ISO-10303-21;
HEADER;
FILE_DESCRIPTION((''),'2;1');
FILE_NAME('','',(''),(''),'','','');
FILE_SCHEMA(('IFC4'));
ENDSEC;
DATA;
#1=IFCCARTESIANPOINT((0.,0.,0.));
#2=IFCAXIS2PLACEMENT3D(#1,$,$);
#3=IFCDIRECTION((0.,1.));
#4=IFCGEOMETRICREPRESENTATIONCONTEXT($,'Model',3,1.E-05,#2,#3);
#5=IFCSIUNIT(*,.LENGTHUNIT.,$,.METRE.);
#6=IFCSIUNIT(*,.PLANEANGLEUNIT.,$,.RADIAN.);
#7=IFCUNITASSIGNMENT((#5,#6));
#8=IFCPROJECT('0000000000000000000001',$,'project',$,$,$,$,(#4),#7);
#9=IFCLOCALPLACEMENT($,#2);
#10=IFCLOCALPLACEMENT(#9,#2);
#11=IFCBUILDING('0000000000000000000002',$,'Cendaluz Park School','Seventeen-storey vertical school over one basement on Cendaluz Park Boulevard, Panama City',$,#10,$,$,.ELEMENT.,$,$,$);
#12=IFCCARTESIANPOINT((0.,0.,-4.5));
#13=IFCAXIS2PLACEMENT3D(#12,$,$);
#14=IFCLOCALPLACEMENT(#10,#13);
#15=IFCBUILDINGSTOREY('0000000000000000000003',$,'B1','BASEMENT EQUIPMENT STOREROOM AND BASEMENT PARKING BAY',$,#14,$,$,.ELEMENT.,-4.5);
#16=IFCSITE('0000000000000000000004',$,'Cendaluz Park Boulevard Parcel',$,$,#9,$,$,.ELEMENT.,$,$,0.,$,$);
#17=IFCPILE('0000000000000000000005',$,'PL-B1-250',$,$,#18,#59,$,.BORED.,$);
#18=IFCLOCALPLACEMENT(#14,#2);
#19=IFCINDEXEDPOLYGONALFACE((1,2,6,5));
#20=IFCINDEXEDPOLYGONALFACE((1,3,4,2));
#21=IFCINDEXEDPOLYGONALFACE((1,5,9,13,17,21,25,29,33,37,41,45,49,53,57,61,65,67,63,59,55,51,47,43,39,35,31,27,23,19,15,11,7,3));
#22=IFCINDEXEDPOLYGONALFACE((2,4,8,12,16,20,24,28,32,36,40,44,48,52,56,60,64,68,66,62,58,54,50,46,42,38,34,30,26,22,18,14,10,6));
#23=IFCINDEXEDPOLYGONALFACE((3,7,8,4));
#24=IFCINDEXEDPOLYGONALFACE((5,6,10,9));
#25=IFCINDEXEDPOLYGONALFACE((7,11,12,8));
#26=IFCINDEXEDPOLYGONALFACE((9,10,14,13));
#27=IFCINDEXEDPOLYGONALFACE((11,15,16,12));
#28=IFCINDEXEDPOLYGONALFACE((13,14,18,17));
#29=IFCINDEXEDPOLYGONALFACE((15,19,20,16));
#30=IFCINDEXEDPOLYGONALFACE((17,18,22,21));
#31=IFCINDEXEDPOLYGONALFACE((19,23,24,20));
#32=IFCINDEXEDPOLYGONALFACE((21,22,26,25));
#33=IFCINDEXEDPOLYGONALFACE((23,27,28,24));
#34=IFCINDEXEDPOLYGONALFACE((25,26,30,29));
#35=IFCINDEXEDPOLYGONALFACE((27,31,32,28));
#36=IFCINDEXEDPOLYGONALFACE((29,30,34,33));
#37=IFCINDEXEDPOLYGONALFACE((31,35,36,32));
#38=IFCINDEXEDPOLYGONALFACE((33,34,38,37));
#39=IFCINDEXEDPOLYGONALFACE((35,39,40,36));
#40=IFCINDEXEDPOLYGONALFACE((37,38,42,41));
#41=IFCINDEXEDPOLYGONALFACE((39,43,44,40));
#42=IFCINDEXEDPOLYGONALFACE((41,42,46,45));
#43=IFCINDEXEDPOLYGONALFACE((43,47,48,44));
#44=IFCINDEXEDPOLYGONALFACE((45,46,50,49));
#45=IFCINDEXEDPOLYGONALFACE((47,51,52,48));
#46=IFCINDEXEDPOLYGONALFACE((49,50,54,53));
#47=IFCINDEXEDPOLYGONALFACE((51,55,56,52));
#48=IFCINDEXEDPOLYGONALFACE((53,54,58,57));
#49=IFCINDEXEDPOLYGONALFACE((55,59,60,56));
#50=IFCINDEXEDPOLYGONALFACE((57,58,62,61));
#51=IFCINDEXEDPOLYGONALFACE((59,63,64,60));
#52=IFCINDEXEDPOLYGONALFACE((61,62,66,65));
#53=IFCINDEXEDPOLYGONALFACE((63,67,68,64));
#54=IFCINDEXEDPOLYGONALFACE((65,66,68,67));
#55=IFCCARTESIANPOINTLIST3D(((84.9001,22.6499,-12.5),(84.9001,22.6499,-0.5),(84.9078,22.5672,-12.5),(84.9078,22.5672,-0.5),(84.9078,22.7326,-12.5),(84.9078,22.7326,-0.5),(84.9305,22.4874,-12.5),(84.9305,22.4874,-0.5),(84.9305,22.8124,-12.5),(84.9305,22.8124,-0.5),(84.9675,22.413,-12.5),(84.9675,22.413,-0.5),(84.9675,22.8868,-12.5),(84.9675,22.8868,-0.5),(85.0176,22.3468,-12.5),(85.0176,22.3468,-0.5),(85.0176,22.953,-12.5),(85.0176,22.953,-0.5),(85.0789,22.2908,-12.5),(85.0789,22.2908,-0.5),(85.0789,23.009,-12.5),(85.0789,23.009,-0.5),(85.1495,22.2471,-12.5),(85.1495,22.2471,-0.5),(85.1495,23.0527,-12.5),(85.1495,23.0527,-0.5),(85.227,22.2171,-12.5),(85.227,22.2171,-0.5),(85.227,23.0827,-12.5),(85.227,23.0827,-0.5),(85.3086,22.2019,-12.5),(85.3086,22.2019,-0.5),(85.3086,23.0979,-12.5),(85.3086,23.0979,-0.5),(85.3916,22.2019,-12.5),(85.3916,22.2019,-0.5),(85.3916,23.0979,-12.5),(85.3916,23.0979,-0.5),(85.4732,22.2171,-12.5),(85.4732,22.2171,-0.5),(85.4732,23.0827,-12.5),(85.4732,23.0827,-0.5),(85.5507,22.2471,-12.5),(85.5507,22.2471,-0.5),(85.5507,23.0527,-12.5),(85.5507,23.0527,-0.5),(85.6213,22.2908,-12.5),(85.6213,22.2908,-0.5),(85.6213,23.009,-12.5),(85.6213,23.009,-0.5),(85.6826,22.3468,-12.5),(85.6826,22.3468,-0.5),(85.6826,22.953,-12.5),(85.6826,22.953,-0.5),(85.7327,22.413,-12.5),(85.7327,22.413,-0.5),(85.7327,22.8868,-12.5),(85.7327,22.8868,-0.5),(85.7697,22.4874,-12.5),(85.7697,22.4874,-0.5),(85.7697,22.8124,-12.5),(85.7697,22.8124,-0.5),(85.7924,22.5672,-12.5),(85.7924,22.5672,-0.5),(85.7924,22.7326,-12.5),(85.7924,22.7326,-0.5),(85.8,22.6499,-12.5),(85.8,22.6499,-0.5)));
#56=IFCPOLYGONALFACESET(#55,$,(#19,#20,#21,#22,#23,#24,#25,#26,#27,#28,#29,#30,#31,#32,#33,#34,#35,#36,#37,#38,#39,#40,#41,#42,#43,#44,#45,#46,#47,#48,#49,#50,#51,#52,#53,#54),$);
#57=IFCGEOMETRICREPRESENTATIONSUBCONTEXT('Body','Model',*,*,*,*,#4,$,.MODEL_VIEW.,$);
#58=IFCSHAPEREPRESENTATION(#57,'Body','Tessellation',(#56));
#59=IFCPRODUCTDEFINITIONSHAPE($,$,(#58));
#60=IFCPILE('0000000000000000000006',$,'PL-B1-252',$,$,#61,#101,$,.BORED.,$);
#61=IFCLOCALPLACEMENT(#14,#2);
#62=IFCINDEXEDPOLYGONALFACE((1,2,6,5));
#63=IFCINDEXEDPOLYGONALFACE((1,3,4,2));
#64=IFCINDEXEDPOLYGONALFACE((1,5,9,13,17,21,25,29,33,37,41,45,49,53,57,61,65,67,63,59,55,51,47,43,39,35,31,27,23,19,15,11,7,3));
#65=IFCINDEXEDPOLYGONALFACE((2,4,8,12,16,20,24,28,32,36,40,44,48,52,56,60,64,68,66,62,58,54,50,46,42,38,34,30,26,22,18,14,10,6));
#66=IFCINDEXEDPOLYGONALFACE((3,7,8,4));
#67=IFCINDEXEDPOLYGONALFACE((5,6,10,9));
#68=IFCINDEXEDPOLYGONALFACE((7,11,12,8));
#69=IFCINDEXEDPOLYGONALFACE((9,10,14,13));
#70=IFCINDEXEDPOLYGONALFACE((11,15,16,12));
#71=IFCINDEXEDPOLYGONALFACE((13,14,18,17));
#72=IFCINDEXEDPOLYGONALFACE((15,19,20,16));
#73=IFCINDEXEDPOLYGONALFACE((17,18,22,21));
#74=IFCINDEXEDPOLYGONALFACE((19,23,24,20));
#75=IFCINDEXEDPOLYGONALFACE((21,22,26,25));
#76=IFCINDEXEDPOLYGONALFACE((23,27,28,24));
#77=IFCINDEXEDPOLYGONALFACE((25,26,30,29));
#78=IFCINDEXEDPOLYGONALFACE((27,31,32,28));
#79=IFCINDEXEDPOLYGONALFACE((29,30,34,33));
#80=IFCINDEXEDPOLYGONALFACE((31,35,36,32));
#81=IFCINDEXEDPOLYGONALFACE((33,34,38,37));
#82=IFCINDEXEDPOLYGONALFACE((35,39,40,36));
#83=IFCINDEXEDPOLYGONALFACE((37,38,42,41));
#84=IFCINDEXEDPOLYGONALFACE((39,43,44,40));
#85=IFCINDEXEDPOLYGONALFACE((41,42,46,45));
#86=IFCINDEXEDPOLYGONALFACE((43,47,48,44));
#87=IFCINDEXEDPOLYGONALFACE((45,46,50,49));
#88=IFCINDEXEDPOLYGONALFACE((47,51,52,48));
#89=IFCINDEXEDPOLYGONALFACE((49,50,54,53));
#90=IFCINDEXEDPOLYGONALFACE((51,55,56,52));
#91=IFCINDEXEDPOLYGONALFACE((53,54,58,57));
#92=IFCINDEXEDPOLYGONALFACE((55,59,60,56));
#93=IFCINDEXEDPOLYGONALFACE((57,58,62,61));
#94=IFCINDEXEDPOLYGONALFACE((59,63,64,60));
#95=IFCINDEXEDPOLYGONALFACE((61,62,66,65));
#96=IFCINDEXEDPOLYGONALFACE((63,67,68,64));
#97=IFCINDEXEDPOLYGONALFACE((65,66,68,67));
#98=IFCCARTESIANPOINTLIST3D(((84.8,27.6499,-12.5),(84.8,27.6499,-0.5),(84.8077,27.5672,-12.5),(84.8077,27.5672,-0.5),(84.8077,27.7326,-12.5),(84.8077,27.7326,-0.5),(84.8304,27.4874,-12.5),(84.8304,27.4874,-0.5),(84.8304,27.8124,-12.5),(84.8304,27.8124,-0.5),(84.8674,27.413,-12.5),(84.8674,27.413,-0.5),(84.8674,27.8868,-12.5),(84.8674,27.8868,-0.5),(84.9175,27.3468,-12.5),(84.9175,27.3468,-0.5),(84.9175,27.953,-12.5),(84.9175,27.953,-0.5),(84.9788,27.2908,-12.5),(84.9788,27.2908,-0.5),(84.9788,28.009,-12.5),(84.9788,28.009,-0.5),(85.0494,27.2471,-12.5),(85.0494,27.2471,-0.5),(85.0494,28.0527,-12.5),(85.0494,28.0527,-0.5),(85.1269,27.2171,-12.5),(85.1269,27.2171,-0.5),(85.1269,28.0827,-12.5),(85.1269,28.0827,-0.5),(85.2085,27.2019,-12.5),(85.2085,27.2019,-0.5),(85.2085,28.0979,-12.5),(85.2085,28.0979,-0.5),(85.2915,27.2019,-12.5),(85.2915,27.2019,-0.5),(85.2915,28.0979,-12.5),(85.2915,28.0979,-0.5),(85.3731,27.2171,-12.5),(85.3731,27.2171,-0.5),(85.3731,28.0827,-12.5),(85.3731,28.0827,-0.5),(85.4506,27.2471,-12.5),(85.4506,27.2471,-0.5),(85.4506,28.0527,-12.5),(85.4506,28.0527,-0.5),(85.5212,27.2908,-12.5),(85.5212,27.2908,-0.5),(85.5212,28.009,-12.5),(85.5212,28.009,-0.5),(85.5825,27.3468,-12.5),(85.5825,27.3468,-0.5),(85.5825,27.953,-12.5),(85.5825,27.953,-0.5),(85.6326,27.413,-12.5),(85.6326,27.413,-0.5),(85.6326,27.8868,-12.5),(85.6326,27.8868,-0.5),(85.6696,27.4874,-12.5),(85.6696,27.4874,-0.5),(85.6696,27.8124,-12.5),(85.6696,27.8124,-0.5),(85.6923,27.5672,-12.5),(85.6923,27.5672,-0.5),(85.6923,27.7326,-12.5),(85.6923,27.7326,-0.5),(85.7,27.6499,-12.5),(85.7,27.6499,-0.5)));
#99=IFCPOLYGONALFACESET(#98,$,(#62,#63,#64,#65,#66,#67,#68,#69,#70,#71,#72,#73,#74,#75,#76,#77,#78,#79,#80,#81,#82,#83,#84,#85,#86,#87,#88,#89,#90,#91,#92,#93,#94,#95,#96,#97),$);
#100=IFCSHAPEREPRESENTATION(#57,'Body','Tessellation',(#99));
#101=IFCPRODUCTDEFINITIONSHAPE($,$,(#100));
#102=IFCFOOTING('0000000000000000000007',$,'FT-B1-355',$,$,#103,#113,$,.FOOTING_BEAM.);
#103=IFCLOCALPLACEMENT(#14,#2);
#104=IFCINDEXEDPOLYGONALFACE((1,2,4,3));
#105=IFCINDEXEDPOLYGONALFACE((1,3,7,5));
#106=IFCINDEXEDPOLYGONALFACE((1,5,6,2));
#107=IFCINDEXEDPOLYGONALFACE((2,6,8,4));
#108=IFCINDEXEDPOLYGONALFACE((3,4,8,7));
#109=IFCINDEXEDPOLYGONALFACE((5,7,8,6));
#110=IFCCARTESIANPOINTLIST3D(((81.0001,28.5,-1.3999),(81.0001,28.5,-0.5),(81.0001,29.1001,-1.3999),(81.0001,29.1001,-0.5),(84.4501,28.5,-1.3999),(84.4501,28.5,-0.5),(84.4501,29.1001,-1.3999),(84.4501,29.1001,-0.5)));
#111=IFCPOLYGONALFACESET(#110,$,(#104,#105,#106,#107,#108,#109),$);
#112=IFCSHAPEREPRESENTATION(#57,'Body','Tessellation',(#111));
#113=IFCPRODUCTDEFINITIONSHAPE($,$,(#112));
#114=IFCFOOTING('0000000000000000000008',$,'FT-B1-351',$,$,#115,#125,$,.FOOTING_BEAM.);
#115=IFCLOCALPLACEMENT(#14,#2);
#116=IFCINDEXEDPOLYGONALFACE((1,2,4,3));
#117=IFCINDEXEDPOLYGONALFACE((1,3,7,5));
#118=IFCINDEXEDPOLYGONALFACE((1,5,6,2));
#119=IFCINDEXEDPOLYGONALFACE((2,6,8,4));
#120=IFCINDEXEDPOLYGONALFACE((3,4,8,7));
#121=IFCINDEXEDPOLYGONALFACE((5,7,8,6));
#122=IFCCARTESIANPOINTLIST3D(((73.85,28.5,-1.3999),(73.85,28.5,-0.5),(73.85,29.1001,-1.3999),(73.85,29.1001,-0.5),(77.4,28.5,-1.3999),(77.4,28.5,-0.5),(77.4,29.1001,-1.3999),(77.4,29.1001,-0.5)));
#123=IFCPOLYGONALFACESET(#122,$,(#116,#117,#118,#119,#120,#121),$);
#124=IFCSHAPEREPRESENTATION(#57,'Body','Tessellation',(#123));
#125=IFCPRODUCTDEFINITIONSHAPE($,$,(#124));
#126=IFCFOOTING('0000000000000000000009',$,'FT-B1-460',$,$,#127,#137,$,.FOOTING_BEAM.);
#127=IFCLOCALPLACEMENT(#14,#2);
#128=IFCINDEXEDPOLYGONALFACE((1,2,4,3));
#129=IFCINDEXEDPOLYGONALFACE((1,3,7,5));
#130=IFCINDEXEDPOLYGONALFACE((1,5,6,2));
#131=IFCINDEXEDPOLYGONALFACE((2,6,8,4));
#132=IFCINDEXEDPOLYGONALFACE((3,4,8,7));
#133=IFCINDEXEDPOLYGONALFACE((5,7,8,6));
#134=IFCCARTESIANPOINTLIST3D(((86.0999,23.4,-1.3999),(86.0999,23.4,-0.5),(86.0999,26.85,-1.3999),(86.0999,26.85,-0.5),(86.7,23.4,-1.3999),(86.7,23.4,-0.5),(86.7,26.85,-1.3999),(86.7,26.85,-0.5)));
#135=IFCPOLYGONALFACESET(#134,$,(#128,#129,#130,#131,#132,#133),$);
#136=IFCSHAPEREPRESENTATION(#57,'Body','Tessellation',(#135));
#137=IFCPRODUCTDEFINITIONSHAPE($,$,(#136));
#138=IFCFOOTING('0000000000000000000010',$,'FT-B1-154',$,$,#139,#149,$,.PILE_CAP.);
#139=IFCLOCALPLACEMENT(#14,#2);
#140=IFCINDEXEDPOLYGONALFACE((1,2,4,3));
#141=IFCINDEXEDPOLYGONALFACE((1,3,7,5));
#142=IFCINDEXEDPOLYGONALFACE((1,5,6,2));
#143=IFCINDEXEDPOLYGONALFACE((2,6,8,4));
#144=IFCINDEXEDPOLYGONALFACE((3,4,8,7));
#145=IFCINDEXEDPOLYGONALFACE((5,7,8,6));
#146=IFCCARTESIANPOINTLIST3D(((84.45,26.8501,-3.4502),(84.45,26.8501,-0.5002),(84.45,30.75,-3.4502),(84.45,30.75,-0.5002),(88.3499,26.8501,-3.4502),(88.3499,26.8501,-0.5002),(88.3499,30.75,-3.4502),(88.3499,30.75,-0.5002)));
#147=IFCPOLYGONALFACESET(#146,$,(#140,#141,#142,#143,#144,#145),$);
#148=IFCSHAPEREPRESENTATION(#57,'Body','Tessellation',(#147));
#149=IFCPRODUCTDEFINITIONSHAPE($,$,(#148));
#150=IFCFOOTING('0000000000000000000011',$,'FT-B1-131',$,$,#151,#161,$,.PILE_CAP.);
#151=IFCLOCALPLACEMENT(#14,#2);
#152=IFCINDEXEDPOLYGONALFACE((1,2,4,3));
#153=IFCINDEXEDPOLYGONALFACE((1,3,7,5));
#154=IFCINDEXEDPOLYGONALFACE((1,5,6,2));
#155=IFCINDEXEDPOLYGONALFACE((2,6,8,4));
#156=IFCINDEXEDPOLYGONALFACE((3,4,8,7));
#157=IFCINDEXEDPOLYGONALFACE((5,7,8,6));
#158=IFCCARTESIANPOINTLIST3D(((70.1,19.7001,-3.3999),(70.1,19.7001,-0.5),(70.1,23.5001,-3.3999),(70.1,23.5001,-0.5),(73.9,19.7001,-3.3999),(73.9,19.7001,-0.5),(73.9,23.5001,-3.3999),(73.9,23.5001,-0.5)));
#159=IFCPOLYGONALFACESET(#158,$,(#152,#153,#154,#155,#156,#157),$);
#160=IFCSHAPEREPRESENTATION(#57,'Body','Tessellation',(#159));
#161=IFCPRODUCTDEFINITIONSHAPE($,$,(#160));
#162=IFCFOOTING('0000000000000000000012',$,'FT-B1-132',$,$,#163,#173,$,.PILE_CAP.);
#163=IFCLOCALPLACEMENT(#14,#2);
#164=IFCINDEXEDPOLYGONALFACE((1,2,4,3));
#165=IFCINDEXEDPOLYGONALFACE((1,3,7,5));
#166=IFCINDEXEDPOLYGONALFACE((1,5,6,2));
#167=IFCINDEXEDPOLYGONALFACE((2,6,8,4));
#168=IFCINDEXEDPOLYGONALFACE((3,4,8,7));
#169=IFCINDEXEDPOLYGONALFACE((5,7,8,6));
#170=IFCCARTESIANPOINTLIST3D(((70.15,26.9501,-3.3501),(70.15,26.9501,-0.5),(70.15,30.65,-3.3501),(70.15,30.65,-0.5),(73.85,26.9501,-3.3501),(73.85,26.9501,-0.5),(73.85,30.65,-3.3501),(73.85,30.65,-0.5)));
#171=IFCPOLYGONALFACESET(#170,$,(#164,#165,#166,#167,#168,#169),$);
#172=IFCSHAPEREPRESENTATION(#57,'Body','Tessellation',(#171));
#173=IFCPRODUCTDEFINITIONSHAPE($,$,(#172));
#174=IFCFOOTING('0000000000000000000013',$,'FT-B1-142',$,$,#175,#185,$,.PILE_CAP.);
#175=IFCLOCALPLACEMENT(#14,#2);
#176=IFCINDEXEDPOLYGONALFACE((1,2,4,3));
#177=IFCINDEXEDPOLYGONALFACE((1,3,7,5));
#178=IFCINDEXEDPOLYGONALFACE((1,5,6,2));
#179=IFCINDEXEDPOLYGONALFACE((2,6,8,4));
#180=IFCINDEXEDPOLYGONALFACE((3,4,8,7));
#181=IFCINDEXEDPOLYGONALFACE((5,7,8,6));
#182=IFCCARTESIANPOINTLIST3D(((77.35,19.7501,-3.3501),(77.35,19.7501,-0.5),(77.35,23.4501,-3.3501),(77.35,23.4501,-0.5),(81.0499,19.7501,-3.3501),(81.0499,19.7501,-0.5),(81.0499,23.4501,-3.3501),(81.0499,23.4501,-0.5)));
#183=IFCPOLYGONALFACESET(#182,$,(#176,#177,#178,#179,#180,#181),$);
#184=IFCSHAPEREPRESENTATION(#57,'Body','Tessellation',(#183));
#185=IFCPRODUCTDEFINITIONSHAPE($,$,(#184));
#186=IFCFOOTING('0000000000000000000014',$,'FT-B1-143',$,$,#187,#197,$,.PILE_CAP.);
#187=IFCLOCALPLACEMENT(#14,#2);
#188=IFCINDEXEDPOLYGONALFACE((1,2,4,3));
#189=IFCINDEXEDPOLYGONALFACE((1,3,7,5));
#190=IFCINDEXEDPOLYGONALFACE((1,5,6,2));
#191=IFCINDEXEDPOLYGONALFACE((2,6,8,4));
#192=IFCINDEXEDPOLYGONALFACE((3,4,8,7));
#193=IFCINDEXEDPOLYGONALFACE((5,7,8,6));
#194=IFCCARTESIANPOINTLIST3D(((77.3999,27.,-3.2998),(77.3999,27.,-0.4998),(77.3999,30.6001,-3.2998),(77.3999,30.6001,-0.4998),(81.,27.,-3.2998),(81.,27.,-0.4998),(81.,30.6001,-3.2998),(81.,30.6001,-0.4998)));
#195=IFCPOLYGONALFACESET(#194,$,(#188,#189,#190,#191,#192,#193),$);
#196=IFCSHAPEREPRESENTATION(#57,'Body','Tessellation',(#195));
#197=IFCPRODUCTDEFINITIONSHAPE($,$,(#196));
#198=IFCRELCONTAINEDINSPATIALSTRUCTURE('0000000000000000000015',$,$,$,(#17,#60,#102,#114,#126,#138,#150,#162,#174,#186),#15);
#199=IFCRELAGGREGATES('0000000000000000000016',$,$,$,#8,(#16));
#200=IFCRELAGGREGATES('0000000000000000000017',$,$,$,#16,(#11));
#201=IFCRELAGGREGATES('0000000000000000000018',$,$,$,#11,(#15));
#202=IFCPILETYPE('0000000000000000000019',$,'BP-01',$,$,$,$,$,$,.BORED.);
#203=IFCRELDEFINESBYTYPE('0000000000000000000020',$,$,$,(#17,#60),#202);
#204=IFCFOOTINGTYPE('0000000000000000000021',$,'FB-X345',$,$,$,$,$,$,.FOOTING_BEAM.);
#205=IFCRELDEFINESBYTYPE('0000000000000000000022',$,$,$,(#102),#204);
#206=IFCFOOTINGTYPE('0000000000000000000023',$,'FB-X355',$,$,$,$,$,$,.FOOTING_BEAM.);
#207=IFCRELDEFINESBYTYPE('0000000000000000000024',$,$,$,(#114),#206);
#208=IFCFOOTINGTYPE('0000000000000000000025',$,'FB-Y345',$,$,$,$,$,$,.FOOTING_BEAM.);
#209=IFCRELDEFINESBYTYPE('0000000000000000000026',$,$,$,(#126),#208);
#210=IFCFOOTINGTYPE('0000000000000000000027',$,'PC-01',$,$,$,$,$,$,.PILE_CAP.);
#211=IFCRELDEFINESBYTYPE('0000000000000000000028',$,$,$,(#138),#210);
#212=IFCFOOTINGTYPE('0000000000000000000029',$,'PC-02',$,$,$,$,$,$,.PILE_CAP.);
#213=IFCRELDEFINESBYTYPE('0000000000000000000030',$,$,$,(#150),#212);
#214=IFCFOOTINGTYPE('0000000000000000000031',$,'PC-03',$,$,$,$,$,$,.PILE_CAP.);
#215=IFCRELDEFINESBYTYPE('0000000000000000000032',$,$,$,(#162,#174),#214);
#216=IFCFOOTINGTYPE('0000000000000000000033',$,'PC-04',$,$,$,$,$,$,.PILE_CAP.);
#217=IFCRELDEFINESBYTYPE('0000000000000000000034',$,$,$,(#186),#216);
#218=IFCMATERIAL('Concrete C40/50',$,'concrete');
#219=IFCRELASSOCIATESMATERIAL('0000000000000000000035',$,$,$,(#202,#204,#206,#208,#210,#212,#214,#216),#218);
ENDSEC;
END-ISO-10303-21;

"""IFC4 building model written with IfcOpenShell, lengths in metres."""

from ifc_helpers import new_model, si_unit, direction, frame, origin, origin_2d, place, context, subcontext, project, spatial, rectangle, circle, extrude, material, material_profile, profile_set, type_object, element, save


model = new_model("IFC4")

# Units and contexts
model_context = context("Model", 3, precision=1e-05, world=origin(), true_north=direction((0.0, 1.0)))
body_context = subcontext(model_context, "Body", "Model", "MODEL_VIEW")
ifc_project = project(units=[si_unit("LENGTHUNIT", "METRE"), si_unit("PLANEANGLEUNIT", "RADIAN")], contexts=[model_context])

# Site, building, storey
site_placement = place(None, origin())
site = spatial("IfcSite", under=ifc_project, at=site_placement, Name="Cendaluz Park Boulevard Parcel", CompositionType="ELEMENT", RefElevation=0.0)
building_placement = place(site_placement, origin())
building = spatial("IfcBuilding", under=site, at=building_placement, Name="Cendaluz Park School", Description="Seventeen-storey vertical school over one basement on Cendaluz Park Boulevard, Panama City", CompositionType="ELEMENT")
storey_placement = place(building_placement, frame((0.0, 0.0, -4.5)))
storey = spatial("IfcBuildingStorey", under=building, at=storey_placement, Name="B1", Description="BASEMENT EQUIPMENT STOREROOM AND BASEMENT PARKING BAY", CompositionType="ELEMENT", Elevation=-4.5)

# Piles
ifc_material_1 = material(Name="Concrete C40/50", Category="concrete")
ifc_material_profile_1 = material_profile(ifc_material_1, circle(Radius=0.45, at=origin_2d()), Name="BP D900", Category="concrete")
ifc_profile_set_1 = profile_set([ifc_material_profile_1], Name="Concrete C40/50")
pile_type = type_object("IfcPileType", Name="BP-01", PredefinedType="BORED", material=ifc_profile_set_1)
for number, where, z_axis, x_axis, name in (
    (1, (85.3501, 22.6499, -0.5), (0.0, 0.0, -1.0), (1.0, 0.0, 0.0), "PL-B1-250"),
    (2, (85.25, 27.6499, -0.5), (0.0, 0.0, -1.0), (1.0, 0.0, 0.0), "PL-B1-252"),
):
    element("IfcPile", number, at=place(storey_placement, frame(where, z_axis=z_axis, x_axis=x_axis)), inside=storey, type_object=pile_type, Name=name, PredefinedType="BORED", context=body_context, shape_type="SweptSolid", body=[
        extrude(circle(Radius=0.45, at=origin_2d()), origin(), (0.0, 0.0, 1.0), 12.0),
    ])

# Footings
footing_type_1 = type_object("IfcFootingType", Name="FB-X345", PredefinedType="FOOTING_BEAM", material=ifc_material_1)
footing_1_placement = place(storey_placement, frame((82.7251, 28.8, -1.3999), z_axis=(0.0, 0.0, 1.0), x_axis=(1.0, 0.0, 0.0)))
element("IfcFooting", 3, at=footing_1_placement, inside=storey, type_object=footing_type_1, Name="FT-B1-355", PredefinedType="FOOTING_BEAM", context=body_context, shape_type="SweptSolid", body=[
    extrude(rectangle(XDim=3.45, YDim=0.6001, at=origin_2d()), origin(), (0.0, 0.0, 1.0), 0.8999),
])
footing_type_2 = type_object("IfcFootingType", Name="FB-X355", PredefinedType="FOOTING_BEAM", material=ifc_material_1)
footing_2_placement = place(storey_placement, frame((75.625, 28.8, -1.3999), z_axis=(0.0, 0.0, 1.0), x_axis=(1.0, 0.0, 0.0)))
element("IfcFooting", 4, at=footing_2_placement, inside=storey, type_object=footing_type_2, Name="FT-B1-351", PredefinedType="FOOTING_BEAM", context=body_context, shape_type="SweptSolid", body=[
    extrude(rectangle(XDim=3.55, YDim=0.6001, at=origin_2d()), origin(), (0.0, 0.0, 1.0), 0.8999),
])
footing_type_3 = type_object("IfcFootingType", Name="FB-Y345", PredefinedType="FOOTING_BEAM", material=ifc_material_1)
footing_3_placement = place(storey_placement, frame((86.3999, 25.125, -1.3999), z_axis=(0.0, 0.0, 1.0), x_axis=(1.0, 0.0, 0.0)))
element("IfcFooting", 5, at=footing_3_placement, inside=storey, type_object=footing_type_3, Name="FT-B1-460", PredefinedType="FOOTING_BEAM", context=body_context, shape_type="SweptSolid", body=[
    extrude(rectangle(XDim=0.6001, YDim=3.45, at=origin_2d()), origin(), (0.0, 0.0, 1.0), 0.8999),
])
footing_type_4 = type_object("IfcFootingType", Name="PC-01", PredefinedType="PILE_CAP", material=ifc_material_1)
footing_4_placement = place(storey_placement, frame((86.3999, 28.8, -3.4502), z_axis=(0.0, 0.0, 1.0), x_axis=(1.0, 0.0, 0.0)))
element("IfcFooting", 6, at=footing_4_placement, inside=storey, type_object=footing_type_4, Name="FT-B1-154", PredefinedType="PILE_CAP", context=body_context, shape_type="SweptSolid", body=[
    extrude(rectangle(XDim=3.8999, YDim=3.8999, at=origin_2d()), origin(), (0.0, 0.0, 1.0), 2.95),
])
footing_type_5 = type_object("IfcFootingType", Name="PC-02", PredefinedType="PILE_CAP", material=ifc_material_1)
footing_5_placement = place(storey_placement, frame((72.0, 21.6001, -3.3999), z_axis=(0.0, 0.0, 1.0), x_axis=(1.0, 0.0, 0.0)))
element("IfcFooting", 7, at=footing_5_placement, inside=storey, type_object=footing_type_5, Name="FT-B1-131", PredefinedType="PILE_CAP", context=body_context, shape_type="SweptSolid", body=[
    extrude(rectangle(XDim=3.8, YDim=3.8, at=origin_2d()), origin(), (0.0, 0.0, 1.0), 2.8999),
])
footing_type_6 = type_object("IfcFootingType", Name="PC-03", PredefinedType="PILE_CAP", material=ifc_material_1)
for number, where, z_axis, x_axis, name in (
    (8, (72.0, 28.8, -3.3501), (0.0, 0.0, 1.0), (1.0, 0.0, 0.0), "FT-B1-132"),
    (9, (79.2, 21.6001, -3.3501), (0.0, 0.0, 1.0), (1.0, 0.0, 0.0), "FT-B1-142"),
):
    element("IfcFooting", number, at=place(storey_placement, frame(where, z_axis=z_axis, x_axis=x_axis)), inside=storey, type_object=footing_type_6, Name=name, PredefinedType="PILE_CAP", context=body_context, shape_type="SweptSolid", body=[
        extrude(rectangle(XDim=3.7, YDim=3.7, at=origin_2d()), origin(), (0.0, 0.0, 1.0), 2.8501),
    ])
footing_type_7 = type_object("IfcFootingType", Name="PC-04", PredefinedType="PILE_CAP", material=ifc_material_1)
for number, where, z_axis, x_axis, name in (
    (10, (79.2, 28.8, -3.2998), (0.0, 0.0, 1.0), (1.0, 0.0, 0.0), "FT-B1-143"),
):
    element("IfcFooting", number, at=place(storey_placement, frame(where, z_axis=z_axis, x_axis=x_axis)), inside=storey, type_object=footing_type_7, Name=name, PredefinedType="PILE_CAP", context=body_context, shape_type="SweptSolid", body=[
        extrude(rectangle(XDim=3.6001, YDim=3.6001, at=origin_2d()), origin(), (0.0, 0.0, 1.0), 2.8),
    ])

save(model, "model.ifc")
